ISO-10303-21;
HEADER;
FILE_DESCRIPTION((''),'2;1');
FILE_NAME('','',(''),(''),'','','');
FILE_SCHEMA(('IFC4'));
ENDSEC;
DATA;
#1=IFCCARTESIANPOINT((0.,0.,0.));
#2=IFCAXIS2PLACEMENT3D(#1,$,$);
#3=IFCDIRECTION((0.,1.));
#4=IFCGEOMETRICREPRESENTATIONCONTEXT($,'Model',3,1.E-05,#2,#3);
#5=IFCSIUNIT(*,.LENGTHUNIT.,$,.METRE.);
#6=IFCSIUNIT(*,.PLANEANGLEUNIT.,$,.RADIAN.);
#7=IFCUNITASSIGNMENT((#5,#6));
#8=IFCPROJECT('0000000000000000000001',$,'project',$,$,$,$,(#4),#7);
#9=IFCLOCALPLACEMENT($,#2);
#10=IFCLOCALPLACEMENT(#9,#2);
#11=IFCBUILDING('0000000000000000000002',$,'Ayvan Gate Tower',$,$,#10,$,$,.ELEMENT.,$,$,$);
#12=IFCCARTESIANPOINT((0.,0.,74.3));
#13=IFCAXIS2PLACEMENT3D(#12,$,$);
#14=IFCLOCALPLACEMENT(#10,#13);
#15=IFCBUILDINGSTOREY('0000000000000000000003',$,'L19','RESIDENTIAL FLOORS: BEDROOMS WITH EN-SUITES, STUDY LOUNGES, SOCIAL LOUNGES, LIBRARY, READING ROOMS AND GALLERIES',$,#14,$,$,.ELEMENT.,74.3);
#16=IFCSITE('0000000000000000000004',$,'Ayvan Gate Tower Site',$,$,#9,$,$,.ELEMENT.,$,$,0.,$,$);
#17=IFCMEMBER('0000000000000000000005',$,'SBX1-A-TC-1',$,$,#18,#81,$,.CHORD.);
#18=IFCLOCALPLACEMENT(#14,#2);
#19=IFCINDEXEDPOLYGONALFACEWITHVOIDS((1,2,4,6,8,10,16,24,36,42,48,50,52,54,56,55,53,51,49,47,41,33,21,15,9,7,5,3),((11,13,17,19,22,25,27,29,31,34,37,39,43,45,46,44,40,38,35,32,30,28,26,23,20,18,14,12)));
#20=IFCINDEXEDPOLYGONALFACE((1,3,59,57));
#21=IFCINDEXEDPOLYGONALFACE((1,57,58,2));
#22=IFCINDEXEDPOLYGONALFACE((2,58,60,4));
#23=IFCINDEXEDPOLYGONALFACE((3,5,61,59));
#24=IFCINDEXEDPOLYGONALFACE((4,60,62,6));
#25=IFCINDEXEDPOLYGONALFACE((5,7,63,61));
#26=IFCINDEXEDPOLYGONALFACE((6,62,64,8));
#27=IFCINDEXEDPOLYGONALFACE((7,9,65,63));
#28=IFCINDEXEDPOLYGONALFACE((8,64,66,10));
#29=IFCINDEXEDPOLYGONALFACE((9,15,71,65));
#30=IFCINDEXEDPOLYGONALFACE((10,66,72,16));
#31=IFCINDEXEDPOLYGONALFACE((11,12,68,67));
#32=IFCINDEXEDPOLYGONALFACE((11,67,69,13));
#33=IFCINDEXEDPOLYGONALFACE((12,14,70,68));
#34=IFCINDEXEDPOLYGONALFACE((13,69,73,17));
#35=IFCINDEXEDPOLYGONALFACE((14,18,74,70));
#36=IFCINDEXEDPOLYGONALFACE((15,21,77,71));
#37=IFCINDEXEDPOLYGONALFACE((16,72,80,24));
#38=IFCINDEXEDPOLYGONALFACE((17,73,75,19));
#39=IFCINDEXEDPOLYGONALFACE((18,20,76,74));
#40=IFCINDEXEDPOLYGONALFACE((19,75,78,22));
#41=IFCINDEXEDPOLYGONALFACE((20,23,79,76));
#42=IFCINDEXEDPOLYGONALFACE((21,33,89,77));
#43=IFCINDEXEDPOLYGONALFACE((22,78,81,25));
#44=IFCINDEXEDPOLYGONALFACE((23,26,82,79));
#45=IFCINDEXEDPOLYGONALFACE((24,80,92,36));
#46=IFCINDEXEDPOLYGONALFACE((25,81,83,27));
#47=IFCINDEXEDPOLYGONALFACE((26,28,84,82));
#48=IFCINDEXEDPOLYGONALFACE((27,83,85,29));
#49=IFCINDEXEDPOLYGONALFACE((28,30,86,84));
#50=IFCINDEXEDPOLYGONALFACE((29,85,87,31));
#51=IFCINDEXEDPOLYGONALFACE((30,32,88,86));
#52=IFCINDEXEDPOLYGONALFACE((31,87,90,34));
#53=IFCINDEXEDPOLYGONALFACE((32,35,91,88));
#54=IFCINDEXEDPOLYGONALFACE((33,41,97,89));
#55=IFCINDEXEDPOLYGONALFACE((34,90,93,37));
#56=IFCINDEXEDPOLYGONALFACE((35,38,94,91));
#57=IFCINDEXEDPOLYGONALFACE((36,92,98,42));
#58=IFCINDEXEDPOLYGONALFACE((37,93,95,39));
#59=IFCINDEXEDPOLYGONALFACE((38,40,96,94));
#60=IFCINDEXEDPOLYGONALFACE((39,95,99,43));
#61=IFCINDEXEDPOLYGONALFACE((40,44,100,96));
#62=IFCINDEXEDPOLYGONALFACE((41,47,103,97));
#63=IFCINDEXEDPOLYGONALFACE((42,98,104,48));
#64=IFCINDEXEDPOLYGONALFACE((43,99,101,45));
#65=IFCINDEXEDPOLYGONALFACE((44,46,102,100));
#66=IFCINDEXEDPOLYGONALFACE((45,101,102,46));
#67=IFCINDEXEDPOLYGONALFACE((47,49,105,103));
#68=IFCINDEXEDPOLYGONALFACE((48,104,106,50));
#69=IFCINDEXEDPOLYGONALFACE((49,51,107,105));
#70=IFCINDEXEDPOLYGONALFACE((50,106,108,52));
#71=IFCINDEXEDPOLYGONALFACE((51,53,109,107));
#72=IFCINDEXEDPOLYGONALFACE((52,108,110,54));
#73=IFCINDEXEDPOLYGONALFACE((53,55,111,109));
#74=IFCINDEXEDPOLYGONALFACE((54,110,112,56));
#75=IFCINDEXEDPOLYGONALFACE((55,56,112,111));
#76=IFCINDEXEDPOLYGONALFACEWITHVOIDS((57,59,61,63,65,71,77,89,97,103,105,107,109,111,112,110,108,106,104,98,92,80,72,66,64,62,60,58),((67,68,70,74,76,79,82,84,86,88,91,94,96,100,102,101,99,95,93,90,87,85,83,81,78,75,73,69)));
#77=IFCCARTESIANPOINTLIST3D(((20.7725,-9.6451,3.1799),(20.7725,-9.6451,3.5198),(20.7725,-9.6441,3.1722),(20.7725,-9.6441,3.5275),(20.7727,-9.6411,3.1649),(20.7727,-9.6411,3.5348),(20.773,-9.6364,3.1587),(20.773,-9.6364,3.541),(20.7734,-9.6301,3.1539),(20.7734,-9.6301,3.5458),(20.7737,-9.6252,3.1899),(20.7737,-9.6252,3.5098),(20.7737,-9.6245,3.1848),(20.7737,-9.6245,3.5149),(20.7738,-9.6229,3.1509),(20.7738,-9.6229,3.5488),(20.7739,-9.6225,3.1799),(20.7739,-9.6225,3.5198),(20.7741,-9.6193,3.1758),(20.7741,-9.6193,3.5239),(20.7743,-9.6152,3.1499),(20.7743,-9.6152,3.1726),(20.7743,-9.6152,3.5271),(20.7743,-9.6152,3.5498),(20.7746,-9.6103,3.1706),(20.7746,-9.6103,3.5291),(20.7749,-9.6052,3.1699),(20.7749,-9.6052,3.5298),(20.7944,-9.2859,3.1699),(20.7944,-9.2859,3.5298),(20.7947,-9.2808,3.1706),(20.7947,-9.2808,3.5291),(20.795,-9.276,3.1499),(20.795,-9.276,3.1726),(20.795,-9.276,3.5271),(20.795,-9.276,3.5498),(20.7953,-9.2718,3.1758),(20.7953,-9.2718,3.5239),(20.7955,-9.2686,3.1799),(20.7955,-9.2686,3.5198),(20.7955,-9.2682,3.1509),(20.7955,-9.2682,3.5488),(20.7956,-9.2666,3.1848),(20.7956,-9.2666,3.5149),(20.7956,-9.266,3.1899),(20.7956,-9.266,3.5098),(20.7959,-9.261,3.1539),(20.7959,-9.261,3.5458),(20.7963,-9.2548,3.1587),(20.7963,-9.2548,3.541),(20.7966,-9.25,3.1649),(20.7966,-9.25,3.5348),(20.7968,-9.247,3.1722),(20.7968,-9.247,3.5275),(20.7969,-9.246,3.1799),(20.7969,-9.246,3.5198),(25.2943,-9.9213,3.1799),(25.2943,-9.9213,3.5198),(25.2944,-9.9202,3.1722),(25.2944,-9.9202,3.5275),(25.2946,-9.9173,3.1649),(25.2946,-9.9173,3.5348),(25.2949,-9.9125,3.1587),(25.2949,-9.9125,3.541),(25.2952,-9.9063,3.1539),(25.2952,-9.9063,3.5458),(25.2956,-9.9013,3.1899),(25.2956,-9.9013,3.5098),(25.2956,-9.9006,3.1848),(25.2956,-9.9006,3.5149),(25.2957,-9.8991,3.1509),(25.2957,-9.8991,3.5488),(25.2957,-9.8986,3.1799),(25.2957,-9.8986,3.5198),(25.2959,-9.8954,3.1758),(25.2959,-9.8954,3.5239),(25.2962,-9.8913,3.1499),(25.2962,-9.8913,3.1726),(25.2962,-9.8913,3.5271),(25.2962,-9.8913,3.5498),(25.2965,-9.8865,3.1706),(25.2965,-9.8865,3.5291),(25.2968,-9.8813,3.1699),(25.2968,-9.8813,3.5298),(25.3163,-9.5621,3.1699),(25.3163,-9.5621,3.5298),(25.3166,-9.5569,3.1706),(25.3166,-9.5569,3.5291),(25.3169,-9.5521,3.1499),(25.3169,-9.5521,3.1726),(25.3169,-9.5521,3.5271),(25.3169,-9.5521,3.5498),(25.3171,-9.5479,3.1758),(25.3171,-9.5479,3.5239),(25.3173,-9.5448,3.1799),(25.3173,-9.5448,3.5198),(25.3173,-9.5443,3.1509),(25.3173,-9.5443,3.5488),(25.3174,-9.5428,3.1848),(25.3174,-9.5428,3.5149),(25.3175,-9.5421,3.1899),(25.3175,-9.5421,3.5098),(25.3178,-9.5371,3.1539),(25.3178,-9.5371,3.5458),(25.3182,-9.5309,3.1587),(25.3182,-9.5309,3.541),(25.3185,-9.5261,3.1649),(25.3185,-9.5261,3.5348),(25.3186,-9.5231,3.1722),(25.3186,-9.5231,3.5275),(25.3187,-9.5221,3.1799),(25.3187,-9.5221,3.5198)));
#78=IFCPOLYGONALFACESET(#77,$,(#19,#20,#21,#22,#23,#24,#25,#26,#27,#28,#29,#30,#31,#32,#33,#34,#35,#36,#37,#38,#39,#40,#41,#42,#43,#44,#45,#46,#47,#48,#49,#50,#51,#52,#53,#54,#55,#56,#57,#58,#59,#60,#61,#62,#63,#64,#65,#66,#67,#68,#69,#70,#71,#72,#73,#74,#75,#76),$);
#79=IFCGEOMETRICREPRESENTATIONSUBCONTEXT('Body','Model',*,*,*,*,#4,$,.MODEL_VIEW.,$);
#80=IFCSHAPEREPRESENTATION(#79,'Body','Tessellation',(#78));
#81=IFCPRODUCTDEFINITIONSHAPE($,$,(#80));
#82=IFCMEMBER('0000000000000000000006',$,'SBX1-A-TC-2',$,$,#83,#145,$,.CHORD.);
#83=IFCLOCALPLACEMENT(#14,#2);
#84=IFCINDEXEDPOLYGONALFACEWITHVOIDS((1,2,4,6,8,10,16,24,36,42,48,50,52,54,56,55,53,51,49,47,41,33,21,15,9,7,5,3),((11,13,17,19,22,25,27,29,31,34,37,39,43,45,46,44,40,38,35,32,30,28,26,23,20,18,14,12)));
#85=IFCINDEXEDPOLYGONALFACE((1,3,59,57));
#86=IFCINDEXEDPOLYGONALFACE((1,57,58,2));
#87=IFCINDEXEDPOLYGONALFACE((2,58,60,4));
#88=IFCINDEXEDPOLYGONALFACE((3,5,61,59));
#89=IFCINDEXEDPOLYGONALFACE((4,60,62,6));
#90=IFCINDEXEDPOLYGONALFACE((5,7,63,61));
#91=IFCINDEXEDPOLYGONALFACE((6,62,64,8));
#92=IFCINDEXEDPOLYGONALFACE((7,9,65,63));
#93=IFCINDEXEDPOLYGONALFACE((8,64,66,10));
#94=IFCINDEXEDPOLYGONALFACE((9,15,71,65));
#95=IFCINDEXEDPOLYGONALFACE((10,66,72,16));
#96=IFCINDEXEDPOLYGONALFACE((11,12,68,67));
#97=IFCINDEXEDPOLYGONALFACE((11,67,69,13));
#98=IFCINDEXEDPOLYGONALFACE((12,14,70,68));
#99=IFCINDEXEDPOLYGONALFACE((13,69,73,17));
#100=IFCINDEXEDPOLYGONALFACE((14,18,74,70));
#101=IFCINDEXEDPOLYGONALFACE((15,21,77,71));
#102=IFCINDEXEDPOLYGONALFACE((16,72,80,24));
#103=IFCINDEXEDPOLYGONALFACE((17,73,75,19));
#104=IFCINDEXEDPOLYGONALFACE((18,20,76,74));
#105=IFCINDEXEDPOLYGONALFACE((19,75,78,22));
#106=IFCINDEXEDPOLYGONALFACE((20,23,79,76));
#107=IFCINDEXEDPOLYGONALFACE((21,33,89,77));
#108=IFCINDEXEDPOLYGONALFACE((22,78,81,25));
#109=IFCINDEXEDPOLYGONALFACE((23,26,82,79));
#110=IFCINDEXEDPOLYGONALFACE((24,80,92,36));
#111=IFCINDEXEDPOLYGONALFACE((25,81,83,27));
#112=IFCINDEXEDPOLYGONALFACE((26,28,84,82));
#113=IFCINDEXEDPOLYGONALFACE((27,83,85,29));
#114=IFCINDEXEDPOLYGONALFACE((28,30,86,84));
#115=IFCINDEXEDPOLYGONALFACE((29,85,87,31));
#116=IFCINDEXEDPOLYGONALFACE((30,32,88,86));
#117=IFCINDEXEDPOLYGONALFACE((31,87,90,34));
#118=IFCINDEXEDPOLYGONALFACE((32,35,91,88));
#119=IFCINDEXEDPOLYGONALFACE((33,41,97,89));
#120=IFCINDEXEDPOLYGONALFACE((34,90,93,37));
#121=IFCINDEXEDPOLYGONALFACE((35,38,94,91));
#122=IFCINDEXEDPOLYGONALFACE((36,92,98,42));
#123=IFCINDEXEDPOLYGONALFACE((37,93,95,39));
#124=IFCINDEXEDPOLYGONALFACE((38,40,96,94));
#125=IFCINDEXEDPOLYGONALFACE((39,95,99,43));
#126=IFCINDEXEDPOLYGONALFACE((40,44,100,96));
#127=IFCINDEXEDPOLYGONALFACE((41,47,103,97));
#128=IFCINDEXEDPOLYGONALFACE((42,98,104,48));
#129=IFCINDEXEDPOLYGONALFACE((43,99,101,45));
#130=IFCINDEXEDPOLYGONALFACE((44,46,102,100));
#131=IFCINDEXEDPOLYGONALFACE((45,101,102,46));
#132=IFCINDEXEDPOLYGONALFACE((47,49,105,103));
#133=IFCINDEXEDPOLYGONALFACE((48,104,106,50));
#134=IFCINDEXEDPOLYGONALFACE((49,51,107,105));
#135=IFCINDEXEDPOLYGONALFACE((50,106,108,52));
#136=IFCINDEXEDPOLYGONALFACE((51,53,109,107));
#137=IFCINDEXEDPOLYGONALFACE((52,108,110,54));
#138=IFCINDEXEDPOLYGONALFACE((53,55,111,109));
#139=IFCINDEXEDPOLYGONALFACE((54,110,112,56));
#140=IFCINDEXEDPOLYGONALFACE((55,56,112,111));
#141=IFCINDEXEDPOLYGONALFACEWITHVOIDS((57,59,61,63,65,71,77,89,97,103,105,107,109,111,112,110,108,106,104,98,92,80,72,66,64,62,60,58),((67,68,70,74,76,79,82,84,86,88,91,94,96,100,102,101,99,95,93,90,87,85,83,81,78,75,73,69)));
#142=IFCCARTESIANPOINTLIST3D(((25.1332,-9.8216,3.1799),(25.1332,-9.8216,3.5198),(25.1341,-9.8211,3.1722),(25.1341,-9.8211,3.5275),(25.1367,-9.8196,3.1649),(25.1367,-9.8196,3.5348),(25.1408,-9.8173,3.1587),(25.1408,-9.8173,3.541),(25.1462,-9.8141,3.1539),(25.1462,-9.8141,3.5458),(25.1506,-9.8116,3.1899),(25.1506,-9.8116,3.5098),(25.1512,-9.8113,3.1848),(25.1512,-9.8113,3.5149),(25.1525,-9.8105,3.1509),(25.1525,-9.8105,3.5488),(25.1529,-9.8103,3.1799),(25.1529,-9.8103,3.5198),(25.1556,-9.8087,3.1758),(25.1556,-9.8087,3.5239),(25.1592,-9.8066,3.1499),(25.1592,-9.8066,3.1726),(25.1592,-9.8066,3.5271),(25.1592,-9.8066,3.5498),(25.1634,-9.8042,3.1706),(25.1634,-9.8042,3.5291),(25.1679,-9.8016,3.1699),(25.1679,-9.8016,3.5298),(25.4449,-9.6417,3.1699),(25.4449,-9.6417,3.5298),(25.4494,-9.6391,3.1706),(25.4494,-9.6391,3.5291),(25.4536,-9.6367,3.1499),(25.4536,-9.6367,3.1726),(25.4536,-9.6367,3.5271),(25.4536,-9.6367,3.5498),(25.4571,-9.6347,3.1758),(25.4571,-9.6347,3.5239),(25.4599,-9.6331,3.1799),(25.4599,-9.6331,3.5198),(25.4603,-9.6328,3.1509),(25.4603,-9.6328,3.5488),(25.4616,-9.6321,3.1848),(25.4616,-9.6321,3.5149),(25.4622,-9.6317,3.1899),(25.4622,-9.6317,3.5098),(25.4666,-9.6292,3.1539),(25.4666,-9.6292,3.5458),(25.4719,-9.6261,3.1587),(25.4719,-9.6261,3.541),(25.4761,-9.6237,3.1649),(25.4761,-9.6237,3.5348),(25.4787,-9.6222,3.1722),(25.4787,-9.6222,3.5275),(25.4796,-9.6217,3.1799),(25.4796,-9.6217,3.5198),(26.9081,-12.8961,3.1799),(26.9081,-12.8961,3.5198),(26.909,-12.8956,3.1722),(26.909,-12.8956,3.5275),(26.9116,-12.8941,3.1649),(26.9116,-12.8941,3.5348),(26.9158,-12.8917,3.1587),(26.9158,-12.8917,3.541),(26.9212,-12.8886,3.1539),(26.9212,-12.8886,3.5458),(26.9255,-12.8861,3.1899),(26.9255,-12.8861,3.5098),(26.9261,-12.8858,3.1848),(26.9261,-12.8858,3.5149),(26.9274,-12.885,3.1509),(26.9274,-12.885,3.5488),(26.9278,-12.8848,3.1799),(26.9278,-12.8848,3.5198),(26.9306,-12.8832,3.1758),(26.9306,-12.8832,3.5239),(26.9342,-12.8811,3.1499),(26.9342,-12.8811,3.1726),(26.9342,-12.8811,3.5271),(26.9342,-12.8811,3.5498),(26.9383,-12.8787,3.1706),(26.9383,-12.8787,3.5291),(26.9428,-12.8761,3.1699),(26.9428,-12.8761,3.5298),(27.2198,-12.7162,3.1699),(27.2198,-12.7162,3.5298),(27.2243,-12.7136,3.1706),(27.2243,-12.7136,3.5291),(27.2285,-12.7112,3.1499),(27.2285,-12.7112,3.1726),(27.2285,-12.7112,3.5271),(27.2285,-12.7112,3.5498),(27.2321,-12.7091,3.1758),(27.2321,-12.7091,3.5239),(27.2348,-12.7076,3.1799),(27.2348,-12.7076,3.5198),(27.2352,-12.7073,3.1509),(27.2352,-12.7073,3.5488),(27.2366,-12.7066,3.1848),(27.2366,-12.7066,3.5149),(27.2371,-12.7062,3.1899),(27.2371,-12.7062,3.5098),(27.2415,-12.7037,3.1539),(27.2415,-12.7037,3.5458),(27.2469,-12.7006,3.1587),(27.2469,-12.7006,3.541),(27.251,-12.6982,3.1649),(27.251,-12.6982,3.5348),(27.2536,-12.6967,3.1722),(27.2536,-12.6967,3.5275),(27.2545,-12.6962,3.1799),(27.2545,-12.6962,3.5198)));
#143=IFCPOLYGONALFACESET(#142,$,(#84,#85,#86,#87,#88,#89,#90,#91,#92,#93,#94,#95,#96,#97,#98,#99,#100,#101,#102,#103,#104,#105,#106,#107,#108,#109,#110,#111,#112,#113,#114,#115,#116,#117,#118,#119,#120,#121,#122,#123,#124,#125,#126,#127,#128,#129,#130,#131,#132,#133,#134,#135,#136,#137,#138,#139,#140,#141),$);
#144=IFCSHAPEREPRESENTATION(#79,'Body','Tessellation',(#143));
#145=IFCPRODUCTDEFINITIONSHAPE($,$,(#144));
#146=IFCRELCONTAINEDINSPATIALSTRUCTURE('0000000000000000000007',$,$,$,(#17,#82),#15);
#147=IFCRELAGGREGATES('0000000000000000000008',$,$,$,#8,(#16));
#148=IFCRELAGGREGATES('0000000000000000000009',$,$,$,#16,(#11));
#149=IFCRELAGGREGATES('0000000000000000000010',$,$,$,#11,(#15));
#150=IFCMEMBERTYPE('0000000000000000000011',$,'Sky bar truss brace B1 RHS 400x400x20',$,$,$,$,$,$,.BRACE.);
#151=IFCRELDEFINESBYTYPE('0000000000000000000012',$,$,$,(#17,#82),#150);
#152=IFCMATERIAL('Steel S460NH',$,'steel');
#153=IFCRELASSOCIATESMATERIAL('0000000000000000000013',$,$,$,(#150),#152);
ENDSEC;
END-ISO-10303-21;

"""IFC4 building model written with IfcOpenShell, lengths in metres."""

from ifc_helpers import new_model, si_unit, direction, frame, origin, origin_2d, place, context, subcontext, project, spatial, hollow_rectangle, extrude, material, material_profile, profile_set, type_object, element, save


model = new_model("IFC4")

# Units and contexts
model_context = context("Model", 3, precision=1e-05, world=origin(), true_north=direction((0.0, 1.0)))
body_context = subcontext(model_context, "Body", "Model", "MODEL_VIEW")
ifc_project = project(units=[si_unit("LENGTHUNIT", "METRE"), si_unit("PLANEANGLEUNIT", "RADIAN")], contexts=[model_context])

# Site, building, storey
site_placement = place(None, origin())
site = spatial("IfcSite", under=ifc_project, at=site_placement, Name="Ayvan Gate Tower Site", CompositionType="ELEMENT", RefElevation=0.0)
building_placement = place(site_placement, origin())
building = spatial("IfcBuilding", under=site, at=building_placement, Name="Ayvan Gate Tower", CompositionType="ELEMENT")
storey_placement = place(building_placement, frame((0.0, 0.0, 74.3)))
storey = spatial("IfcBuildingStorey", under=building, at=storey_placement, Name="L19", Description="RESIDENTIAL FLOORS: BEDROOMS WITH EN-SUITES, STUDY LOUNGES, SOCIAL LOUNGES, LIBRARY, READING ROOMS AND GALLERIES", CompositionType="ELEMENT", Elevation=74.3)

# Members
ifc_material_1 = material(Name="Steel S460NH", Category="steel")
ifc_material_profile_1 = material_profile(ifc_material_1, hollow_rectangle(XDim=0.3999, YDim=0.3999, WallThickness=0.02, InnerFilletRadius=0.02, OuterFilletRadius=0.03, at=origin_2d()), Name="RHS 400x400x20")
ifc_profile_set_1 = profile_set([ifc_material_profile_1], Name="Steel S460NH")
member_type_1 = type_object("IfcMemberType", Name="Sky bar truss brace B1 RHS 400x400x20", PredefinedType="BRACE", material=ifc_profile_set_1)
member_1_placement = place(storey_placement, frame((20.7847, -9.4456, 3.3499), z_axis=(0.998141, -0.060952, 0.0), x_axis=(0.060952, 0.998141, 0.0)))
element("IfcMember", 1, at=member_1_placement, inside=storey, type_object=member_type_1, Name="SBX1-A-TC-1", PredefinedType="CHORD", context=body_context, shape_type="SweptSolid", body=[
    extrude(hollow_rectangle(XDim=0.3999, YDim=0.3999, WallThickness=0.02, InnerFilletRadius=0.02, OuterFilletRadius=0.03, at=origin_2d()), origin(), (0.0, 0.0, 1.0), 4.5303),
])
for number, where, z_axis, x_axis, name in (
    (2, (25.3064, -9.7217, 3.3499), (0.49997, -0.866042, 0.0), (0.866042, 0.49997, 0.0), "SBX1-A-TC-2"),
):
    element("IfcMember", number, at=place(storey_placement, frame(where, z_axis=z_axis, x_axis=x_axis)), inside=storey, type_object=member_type_1, Name=name, PredefinedType="CHORD", context=body_context, shape_type="SweptSolid", body=[
        extrude(hollow_rectangle(XDim=0.3999, YDim=0.3999, WallThickness=0.02, InnerFilletRadius=0.02, OuterFilletRadius=0.03, at=origin_2d()), origin(), (0.0, 0.0, 1.0), 3.55),
    ])

save(model, "model.ifc")
